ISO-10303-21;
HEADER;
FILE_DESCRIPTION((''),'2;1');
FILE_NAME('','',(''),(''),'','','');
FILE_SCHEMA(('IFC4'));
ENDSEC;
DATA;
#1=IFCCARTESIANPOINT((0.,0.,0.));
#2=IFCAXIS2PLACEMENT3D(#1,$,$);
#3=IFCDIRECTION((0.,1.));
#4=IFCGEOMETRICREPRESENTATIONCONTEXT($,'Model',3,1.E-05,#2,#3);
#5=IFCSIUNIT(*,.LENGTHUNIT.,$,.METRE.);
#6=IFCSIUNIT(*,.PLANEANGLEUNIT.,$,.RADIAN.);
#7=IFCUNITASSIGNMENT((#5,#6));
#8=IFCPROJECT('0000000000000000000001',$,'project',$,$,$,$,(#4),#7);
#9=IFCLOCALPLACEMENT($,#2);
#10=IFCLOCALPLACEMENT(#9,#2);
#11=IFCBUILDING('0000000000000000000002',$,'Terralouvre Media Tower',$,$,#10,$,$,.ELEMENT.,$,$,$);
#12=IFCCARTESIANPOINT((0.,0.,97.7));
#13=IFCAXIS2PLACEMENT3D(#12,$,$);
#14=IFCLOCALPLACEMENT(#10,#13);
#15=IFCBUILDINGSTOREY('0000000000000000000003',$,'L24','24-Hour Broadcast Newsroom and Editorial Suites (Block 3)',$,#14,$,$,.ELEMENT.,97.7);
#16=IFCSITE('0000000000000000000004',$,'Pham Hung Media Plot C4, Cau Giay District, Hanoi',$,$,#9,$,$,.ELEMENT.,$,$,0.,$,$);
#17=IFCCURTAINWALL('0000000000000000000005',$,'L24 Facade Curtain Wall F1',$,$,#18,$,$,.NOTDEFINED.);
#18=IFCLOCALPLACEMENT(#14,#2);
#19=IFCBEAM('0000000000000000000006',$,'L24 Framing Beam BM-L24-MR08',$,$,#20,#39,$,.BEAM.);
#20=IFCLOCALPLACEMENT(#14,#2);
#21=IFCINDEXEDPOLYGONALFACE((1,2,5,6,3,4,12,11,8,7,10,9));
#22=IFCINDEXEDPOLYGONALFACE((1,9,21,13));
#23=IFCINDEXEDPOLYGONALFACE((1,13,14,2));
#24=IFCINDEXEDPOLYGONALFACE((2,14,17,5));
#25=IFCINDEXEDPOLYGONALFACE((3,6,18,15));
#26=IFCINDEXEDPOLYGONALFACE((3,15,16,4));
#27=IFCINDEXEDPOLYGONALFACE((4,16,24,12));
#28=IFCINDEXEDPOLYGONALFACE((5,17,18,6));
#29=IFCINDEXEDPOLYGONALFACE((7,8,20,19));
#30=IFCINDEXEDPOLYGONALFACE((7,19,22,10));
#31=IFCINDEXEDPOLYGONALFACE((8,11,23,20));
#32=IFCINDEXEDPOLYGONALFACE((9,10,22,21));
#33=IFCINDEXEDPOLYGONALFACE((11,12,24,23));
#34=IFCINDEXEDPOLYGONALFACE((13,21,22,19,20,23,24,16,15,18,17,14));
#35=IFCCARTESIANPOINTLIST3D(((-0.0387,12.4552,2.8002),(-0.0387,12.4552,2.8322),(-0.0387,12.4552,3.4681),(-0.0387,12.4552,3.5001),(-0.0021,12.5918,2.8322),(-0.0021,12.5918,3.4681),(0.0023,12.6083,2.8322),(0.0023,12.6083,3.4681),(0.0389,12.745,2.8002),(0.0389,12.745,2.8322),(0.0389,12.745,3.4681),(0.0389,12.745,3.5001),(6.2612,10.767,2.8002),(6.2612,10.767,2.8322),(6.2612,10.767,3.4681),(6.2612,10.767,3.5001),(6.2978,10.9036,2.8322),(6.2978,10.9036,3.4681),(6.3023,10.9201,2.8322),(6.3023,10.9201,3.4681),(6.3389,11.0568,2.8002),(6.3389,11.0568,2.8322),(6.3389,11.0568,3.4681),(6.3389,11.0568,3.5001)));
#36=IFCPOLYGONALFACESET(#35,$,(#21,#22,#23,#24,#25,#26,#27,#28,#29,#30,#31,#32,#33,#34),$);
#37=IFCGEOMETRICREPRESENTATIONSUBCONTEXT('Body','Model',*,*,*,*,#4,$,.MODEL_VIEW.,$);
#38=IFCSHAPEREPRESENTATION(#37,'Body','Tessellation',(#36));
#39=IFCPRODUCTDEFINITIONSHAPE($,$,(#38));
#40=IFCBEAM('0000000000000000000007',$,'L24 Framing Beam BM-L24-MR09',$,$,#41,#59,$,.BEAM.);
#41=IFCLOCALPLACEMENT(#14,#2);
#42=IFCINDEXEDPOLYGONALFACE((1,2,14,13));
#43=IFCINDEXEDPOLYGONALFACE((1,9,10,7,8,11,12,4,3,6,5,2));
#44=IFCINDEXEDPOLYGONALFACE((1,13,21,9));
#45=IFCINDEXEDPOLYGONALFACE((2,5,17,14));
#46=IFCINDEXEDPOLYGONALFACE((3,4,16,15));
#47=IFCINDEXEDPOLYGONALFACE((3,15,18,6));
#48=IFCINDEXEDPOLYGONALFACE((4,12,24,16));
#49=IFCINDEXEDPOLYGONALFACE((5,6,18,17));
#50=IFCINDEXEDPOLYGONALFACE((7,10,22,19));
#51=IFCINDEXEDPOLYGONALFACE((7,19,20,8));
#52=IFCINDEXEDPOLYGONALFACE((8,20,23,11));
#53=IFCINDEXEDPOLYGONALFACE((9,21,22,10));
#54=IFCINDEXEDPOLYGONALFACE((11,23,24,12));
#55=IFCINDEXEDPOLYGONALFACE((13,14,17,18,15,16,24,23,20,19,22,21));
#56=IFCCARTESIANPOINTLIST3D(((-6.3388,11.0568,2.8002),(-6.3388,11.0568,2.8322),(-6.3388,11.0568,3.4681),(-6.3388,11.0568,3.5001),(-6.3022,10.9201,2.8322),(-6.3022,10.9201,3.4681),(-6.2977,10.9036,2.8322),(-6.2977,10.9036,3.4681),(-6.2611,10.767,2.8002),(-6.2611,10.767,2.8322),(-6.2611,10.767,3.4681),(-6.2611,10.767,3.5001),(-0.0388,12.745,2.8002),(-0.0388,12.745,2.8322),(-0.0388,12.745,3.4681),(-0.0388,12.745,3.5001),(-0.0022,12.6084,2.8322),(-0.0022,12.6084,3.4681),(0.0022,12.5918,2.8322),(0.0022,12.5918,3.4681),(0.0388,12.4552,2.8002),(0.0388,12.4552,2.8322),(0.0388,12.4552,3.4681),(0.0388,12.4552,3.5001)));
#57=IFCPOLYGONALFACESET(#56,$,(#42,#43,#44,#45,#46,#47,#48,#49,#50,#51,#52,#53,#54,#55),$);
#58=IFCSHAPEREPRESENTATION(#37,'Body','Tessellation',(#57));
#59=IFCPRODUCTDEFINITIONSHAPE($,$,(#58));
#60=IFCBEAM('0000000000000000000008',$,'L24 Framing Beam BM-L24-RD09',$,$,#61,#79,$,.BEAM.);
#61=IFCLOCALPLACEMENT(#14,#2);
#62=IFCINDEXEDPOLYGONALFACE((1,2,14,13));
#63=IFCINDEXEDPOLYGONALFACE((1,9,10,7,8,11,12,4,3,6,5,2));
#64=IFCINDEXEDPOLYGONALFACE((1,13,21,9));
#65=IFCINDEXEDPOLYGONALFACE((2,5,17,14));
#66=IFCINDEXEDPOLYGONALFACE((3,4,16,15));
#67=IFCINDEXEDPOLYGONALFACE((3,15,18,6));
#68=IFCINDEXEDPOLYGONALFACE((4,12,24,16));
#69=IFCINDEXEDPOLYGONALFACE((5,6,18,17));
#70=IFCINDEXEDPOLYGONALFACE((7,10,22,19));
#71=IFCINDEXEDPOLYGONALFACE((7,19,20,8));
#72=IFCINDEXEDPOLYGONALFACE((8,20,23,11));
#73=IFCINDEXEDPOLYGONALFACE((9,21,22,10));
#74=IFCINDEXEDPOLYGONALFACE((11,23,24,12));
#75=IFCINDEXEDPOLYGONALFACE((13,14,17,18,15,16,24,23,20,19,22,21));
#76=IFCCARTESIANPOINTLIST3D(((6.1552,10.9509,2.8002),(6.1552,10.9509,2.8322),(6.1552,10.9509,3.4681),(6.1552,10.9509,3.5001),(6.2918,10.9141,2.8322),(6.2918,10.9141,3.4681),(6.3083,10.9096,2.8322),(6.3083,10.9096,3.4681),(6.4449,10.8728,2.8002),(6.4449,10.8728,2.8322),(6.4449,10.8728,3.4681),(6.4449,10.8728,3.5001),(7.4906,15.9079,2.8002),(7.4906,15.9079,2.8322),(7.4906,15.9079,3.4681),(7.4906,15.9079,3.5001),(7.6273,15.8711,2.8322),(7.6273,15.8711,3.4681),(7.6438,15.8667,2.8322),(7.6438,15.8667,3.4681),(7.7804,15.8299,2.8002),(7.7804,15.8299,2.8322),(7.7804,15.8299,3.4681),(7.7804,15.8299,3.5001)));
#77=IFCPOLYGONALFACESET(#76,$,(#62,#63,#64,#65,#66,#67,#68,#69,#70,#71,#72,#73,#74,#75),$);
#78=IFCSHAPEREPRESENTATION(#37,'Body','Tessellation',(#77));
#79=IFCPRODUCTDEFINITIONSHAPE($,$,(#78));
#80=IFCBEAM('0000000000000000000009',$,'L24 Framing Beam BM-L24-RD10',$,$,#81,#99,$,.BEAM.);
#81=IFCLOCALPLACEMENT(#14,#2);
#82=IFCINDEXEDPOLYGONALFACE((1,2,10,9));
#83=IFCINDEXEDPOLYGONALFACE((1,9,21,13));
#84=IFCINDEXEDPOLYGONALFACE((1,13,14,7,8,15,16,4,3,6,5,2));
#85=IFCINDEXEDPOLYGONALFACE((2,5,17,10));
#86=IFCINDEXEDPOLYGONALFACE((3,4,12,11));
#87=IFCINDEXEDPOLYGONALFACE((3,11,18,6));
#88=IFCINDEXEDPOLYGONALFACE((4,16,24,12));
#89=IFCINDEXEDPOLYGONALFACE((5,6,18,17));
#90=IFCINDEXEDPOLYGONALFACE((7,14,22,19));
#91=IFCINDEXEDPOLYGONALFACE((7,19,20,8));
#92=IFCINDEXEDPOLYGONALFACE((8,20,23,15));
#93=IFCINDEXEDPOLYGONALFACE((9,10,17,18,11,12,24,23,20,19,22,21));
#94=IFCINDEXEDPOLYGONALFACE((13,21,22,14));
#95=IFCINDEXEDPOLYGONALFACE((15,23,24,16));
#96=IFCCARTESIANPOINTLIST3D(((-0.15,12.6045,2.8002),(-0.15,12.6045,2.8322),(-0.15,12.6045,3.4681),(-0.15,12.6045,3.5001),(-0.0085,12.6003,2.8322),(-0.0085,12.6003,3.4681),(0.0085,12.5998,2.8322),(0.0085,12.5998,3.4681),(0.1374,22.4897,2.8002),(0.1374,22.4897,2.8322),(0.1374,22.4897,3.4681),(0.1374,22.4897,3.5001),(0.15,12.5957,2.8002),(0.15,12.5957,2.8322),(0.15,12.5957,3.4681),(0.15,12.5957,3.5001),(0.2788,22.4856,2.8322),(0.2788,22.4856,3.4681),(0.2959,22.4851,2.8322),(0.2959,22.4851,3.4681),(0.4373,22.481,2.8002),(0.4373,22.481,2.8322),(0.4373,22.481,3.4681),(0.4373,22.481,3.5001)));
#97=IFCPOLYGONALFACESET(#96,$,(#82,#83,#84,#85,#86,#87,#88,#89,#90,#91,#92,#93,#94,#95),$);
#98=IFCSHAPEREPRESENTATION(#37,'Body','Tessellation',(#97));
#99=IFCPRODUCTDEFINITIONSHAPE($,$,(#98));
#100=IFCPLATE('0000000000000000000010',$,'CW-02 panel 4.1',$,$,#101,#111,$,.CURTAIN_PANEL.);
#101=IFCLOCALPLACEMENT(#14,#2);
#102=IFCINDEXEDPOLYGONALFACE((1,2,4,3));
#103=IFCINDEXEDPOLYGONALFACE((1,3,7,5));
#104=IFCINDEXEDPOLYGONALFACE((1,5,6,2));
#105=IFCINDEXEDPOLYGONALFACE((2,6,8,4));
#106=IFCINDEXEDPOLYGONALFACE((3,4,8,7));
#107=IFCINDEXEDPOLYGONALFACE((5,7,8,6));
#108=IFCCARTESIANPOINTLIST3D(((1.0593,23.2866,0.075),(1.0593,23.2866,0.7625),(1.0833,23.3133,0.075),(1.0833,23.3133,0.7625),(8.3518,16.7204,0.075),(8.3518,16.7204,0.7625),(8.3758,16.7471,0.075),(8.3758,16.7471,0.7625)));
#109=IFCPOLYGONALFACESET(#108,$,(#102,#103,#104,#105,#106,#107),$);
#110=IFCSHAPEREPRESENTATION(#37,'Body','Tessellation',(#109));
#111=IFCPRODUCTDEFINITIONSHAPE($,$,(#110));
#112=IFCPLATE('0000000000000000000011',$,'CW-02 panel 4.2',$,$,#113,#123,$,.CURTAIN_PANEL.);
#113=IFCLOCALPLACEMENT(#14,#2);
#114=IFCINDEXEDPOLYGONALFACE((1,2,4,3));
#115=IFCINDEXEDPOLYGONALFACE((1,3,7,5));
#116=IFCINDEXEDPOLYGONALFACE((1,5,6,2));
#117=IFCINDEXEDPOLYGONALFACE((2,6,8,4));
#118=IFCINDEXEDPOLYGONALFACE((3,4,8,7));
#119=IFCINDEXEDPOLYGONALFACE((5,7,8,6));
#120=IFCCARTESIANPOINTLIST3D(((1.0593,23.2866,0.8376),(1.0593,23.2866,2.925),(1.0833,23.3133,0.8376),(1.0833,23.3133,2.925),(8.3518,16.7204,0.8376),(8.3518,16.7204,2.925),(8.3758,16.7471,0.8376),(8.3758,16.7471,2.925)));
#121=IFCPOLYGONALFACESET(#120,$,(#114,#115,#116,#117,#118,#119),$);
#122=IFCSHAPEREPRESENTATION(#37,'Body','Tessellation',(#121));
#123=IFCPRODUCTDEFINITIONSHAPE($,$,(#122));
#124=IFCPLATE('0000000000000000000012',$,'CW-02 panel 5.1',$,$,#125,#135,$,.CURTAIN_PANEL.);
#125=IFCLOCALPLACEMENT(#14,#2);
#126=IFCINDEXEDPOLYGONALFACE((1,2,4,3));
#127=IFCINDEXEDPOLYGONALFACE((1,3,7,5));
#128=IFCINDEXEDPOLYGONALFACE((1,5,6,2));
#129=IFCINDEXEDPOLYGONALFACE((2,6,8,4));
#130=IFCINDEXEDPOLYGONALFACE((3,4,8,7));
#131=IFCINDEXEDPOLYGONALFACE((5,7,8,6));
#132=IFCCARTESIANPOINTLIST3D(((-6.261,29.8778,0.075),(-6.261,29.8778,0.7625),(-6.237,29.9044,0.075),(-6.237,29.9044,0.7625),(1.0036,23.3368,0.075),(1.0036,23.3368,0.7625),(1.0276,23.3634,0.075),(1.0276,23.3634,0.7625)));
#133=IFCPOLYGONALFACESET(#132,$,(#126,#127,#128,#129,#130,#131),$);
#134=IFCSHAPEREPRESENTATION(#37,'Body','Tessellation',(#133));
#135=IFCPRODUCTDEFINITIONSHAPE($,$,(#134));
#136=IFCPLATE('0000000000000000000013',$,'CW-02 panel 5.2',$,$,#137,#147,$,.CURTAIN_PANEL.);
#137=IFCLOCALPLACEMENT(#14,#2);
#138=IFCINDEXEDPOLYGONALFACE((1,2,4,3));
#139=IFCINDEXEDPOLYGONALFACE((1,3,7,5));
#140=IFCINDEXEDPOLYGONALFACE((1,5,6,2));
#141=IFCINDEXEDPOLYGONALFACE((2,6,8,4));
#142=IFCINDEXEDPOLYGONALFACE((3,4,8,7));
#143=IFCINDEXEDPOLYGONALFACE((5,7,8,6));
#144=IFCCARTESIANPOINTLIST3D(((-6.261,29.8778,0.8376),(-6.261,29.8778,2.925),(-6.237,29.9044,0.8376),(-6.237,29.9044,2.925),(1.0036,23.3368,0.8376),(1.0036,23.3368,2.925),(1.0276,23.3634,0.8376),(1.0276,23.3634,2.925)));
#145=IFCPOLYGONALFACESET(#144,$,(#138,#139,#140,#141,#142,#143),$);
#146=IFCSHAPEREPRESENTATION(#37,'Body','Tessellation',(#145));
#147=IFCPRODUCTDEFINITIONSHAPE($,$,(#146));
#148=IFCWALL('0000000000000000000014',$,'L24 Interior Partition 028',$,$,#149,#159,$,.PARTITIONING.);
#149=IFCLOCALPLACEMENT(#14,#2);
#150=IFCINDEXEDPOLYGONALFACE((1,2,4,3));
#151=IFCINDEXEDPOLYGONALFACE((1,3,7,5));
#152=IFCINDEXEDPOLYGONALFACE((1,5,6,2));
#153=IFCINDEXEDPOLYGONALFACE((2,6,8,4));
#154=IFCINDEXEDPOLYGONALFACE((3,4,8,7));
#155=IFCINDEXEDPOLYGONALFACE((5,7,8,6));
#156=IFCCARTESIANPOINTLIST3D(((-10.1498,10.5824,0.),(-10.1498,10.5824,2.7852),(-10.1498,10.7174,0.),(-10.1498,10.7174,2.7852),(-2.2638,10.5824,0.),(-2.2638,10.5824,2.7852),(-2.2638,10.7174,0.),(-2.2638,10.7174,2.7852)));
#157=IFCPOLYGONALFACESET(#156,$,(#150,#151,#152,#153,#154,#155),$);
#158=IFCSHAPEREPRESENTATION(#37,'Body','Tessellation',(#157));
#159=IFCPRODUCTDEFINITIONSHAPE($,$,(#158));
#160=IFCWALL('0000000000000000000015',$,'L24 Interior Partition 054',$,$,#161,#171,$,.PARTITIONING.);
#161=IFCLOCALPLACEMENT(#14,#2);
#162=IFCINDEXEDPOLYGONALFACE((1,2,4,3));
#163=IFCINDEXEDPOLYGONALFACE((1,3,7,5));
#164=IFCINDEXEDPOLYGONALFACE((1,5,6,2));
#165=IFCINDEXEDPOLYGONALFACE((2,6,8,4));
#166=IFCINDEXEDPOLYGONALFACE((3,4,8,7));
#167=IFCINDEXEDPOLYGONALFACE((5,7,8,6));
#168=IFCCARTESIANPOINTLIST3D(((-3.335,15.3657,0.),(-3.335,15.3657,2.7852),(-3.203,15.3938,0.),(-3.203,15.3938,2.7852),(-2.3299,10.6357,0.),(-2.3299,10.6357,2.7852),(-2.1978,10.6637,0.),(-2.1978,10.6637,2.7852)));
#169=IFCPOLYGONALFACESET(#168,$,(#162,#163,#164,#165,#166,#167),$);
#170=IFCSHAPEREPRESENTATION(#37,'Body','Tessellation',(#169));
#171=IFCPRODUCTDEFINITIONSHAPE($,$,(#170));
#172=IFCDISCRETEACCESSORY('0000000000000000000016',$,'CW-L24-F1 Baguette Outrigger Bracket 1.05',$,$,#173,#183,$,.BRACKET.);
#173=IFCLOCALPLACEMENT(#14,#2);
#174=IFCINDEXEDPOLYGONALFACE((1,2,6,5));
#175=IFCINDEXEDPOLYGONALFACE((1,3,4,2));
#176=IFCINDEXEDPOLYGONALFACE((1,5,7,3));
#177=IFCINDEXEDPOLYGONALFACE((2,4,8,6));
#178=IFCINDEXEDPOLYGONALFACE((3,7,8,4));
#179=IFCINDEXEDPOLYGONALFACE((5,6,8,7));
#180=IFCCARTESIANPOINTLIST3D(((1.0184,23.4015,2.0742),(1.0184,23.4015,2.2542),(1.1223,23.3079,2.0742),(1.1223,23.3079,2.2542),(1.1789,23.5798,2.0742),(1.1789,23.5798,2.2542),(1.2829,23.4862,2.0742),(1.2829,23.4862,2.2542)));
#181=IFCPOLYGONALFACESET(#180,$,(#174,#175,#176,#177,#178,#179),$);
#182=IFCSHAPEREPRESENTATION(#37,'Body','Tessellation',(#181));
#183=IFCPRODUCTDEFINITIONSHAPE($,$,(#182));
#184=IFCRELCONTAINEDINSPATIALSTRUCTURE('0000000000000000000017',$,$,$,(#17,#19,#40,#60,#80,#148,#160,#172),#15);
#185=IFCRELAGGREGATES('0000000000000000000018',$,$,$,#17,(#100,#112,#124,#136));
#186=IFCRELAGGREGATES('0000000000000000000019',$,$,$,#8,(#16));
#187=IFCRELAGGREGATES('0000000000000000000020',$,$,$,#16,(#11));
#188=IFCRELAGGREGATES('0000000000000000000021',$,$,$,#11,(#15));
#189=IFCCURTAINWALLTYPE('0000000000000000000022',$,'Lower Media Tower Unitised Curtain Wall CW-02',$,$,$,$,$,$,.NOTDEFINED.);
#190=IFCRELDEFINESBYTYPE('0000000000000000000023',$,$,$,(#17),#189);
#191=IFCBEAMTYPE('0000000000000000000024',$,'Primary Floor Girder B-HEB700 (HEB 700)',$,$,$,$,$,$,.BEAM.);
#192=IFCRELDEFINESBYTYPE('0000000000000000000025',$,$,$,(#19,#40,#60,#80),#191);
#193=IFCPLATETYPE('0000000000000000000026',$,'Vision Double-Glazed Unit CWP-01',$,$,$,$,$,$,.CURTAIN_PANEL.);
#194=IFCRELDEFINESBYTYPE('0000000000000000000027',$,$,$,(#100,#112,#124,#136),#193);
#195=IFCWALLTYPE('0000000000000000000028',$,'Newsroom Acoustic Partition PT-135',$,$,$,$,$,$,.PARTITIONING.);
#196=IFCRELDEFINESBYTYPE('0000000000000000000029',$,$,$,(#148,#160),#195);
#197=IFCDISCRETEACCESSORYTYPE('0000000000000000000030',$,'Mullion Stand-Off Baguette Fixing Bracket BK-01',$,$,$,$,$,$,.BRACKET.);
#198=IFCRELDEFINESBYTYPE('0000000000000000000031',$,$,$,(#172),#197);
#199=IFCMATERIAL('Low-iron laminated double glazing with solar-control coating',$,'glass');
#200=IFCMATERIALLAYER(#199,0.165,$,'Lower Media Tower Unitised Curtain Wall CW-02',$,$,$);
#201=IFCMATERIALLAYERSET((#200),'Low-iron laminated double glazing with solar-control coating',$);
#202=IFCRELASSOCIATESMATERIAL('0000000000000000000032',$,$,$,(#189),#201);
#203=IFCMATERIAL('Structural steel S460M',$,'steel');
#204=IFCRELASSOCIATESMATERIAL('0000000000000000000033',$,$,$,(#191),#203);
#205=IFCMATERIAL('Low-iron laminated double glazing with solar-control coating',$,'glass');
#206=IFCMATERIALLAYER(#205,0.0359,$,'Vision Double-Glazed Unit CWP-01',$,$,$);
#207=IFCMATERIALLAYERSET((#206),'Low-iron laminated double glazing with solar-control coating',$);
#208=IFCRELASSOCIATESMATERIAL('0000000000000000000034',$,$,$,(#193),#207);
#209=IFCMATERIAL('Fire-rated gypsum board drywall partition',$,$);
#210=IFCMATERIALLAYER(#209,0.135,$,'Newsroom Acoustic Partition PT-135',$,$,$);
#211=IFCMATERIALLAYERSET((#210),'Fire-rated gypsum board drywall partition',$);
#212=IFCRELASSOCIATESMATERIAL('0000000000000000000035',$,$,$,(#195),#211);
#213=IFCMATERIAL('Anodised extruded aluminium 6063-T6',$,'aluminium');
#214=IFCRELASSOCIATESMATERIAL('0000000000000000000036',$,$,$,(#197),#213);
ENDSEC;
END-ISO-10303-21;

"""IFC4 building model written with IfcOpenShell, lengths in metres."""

from ifc_helpers import new_model, si_unit, direction, frame, frame_2d, origin, origin_2d, place, context, subcontext, project, spatial, rectangle, i_section, extrude, material, layer, layer_set, material_profile, profile_set, type_object, element, aggregate, save


model = new_model("IFC4")

# Units and contexts
model_context = context("Model", 3, precision=1e-05, world=origin(), true_north=direction((0.0, 1.0)))
body_context = subcontext(model_context, "Body", "Model", "MODEL_VIEW")
ifc_project = project(units=[si_unit("LENGTHUNIT", "METRE"), si_unit("PLANEANGLEUNIT", "RADIAN")], contexts=[model_context])

# Site, building, storey
site_placement = place(None, origin())
site = spatial("IfcSite", under=ifc_project, at=site_placement, Name="Pham Hung Media Plot C4, Cau Giay District, Hanoi", CompositionType="ELEMENT", RefElevation=0.0)
building_placement = place(site_placement, origin())
building = spatial("IfcBuilding", under=site, at=building_placement, Name="Terralouvre Media Tower", CompositionType="ELEMENT")
storey_placement = place(building_placement, frame((0.0, 0.0, 97.7)))
storey = spatial("IfcBuildingStorey", under=building, at=storey_placement, Name="L24", Description="24-Hour Broadcast Newsroom and Editorial Suites (Block 3)", CompositionType="ELEMENT", Elevation=97.7)

# Curtain wall
ifc_material_1 = material(Name="Low-iron laminated double glazing with solar-control coating", Category="glass")
ifc_layer_1 = layer(ifc_material_1, 0.165, Name="Lower Media Tower Unitised Curtain Wall CW-02")
ifc_layer_set_1 = layer_set([ifc_layer_1], Name="Low-iron laminated double glazing with solar-control coating")
curtain_wall_type = type_object("IfcCurtainWallType", Name="Lower Media Tower Unitised Curtain Wall CW-02", PredefinedType="NOTDEFINED", material=ifc_layer_set_1)
curtain_wall_placement = place(storey_placement, origin())
curtain_wall = element("IfcCurtainWall", 1, at=curtain_wall_placement, inside=storey, type_object=curtain_wall_type, Name="L24 Facade Curtain Wall F1", PredefinedType="NOTDEFINED")

# Beams
ifc_material_2 = material(Name="Structural steel S460M", Category="steel")
ifc_material_profile_1 = material_profile(ifc_material_2, i_section(OverallWidth=0.3, OverallDepth=0.7, WebThickness=0.0171, FlangeThickness=0.032, at=origin_2d()), Name="HEB 700")
ifc_profile_set_1 = profile_set([ifc_material_profile_1], Name="Structural steel S460M")
beam_type_1 = type_object("IfcBeamType", Name="Primary Floor Girder B-HEB700 (HEB 700)", PredefinedType="BEAM", material=ifc_profile_set_1)
for number, where, z_axis, x_axis, name in (
    (2, (6.3, 10.9119, 3.1501), (-0.96592, 0.258839, 0.0), (-0.258839, -0.96592, 0.0), "L24 Framing Beam BM-L24-MR08"),
    (3, (0.0, 12.6001, 3.1501), (-0.96592, -0.258839, 0.0), (0.258839, -0.96592, 0.0), "L24 Framing Beam BM-L24-MR09"),
):
    element("IfcBeam", number, at=place(storey_placement, frame(where, z_axis=z_axis, x_axis=x_axis)), inside=storey, type_object=beam_type_1, Name=name, PredefinedType="BEAM", context=body_context, shape_type="SweptSolid", body=[
        extrude(i_section(OverallWidth=0.3, OverallDepth=0.7, WebThickness=0.0171, FlangeThickness=0.032, at=origin_2d()), origin(), (0.0, 0.0, 1.0), 6.5222),
    ])
beam_1_placement = place(storey_placement, frame((6.3, 10.9119, 3.1501), z_axis=(0.26013, 0.965574, 0.0), x_axis=(-0.965574, 0.26013, 0.0)))
element("IfcBeam", 4, at=beam_1_placement, inside=storey, type_object=beam_type_1, Name="L24 Framing Beam BM-L24-RD09", PredefinedType="BEAM", context=body_context, shape_type="SweptSolid", body=[
    extrude(i_section(OverallWidth=0.3, OverallDepth=0.7, WebThickness=0.0171, FlangeThickness=0.032, at=origin_2d()), origin(), (0.0, 0.0, 1.0), 5.1338),
])
beam_2_placement = place(storey_placement, frame((0.0, 12.6001, 3.1501), z_axis=(0.029057, 0.999578, 0.0), x_axis=(-0.999578, 0.029057, 0.0)))
element("IfcBeam", 5, at=beam_2_placement, inside=storey, type_object=beam_type_1, Name="L24 Framing Beam BM-L24-RD10", PredefinedType="BEAM", context=body_context, shape_type="SweptSolid", body=[
    extrude(i_section(OverallWidth=0.3, OverallDepth=0.7, WebThickness=0.0171, FlangeThickness=0.032, at=origin_2d()), origin(), (0.0, 0.0, 1.0), 9.8894),
])

# Plates
ifc_material_3 = material(Name="Low-iron laminated double glazing with solar-control coating", Category="glass")
ifc_layer_2 = layer(ifc_material_3, 0.0359, Name="Vision Double-Glazed Unit CWP-01")
ifc_layer_set_2 = layer_set([ifc_layer_2], Name="Low-iron laminated double glazing with solar-control coating")
plate_type = type_object("IfcPlateType", Name="Vision Double-Glazed Unit CWP-01", PredefinedType="CURTAIN_PANEL", material=ifc_layer_set_2)
plate_1_placement = place(storey_placement, frame((4.7175, 20.0168, 0.075), z_axis=(0.0, 0.0, 1.0), x_axis=(-0.743145, 0.669131, 0.0)))
plate_1 = element("IfcPlate", 6, at=plate_1_placement, type_object=plate_type, Name="CW-02 panel 4.1", PredefinedType="CURTAIN_PANEL", context=body_context, shape_type="SweptSolid", body=[
    extrude(rectangle(XDim=9.813, YDim=0.0359, at=origin_2d()), origin(), (0.0, 0.0, 1.0), 0.6875),
])
plate_2_placement = place(storey_placement, frame((4.7175, 20.0168, 0.8376), z_axis=(0.0, 0.0, 1.0), x_axis=(-0.743145, 0.669131, 0.0)))
plate_2 = element("IfcPlate", 7, at=plate_2_placement, type_object=plate_type, Name="CW-02 panel 4.2", PredefinedType="CURTAIN_PANEL", context=body_context, shape_type="SweptSolid", body=[
    extrude(rectangle(XDim=9.813, YDim=0.0359, at=origin_2d()), origin(), (0.0, 0.0, 1.0), 2.0874),
])
plate_3_placement = place(storey_placement, frame((-2.6167, 26.6206, 0.075), z_axis=(0.0, 0.0, 1.0), x_axis=(-0.743145, 0.669131, 0.0)))
plate_3 = element("IfcPlate", 8, at=plate_3_placement, type_object=plate_type, Name="CW-02 panel 5.1", PredefinedType="CURTAIN_PANEL", context=body_context, shape_type="SweptSolid", body=[
    extrude(rectangle(XDim=9.7754, YDim=0.0359, at=origin_2d()), origin(), (0.0, 0.0, 1.0), 0.6875),
])
plate_4_placement = place(storey_placement, frame((-2.6167, 26.6206, 0.8376), z_axis=(0.0, 0.0, 1.0), x_axis=(-0.743145, 0.669131, 0.0)))
plate_4 = element("IfcPlate", 9, at=plate_4_placement, type_object=plate_type, Name="CW-02 panel 5.2", PredefinedType="CURTAIN_PANEL", context=body_context, shape_type="SweptSolid", body=[
    extrude(rectangle(XDim=9.7754, YDim=0.0359, at=origin_2d()), origin(), (0.0, 0.0, 1.0), 2.0874),
])
aggregate(curtain_wall, [plate_1, plate_2, plate_3, plate_4])

# Walls
ifc_material_4 = material(Name="Fire-rated gypsum board drywall partition")
ifc_layer_3 = layer(ifc_material_4, 0.135, Name="Newsroom Acoustic Partition PT-135")
ifc_layer_set_3 = layer_set([ifc_layer_3], Name="Fire-rated gypsum board drywall partition")
wall_type = type_object("IfcWallType", Name="Newsroom Acoustic Partition PT-135", PredefinedType="PARTITIONING", material=ifc_layer_set_3)
wall_1_placement = place(storey_placement, frame((-2.2639, 10.6499, 0.0), z_axis=(0.0, 0.0, 1.0), x_axis=(-1.0, 0.0, 0.0)))
element("IfcWall", 10, at=wall_1_placement, inside=storey, type_object=wall_type, Name="L24 Interior Partition 028", PredefinedType="PARTITIONING", context=body_context, shape_type="SweptSolid", body=[
    extrude(rectangle(XDim=7.886, YDim=0.135, at=frame_2d((3.9429, 0.0))), origin(), (0.0, 0.0, 1.0), 2.7852),
])
wall_2_placement = place(storey_placement, frame((-3.269, 15.3799, 0.0), z_axis=(0.0, 0.0, 1.0), x_axis=(0.20786, -0.978159, 0.0)))
element("IfcWall", 11, at=wall_2_placement, inside=storey, type_object=wall_type, Name="L24 Interior Partition 054", PredefinedType="PARTITIONING", context=body_context, shape_type="SweptSolid", body=[
    extrude(rectangle(XDim=4.8357, YDim=0.135, at=frame_2d((2.418, 0.0))), origin(), (0.0, 0.0, 1.0), 2.7852),
])

# Discrete accessory
ifc_material_5 = material(Name="Anodised extruded aluminium 6063-T6", Category="aluminium")
discrete_accessory_type = type_object("IfcDiscreteAccessoryType", Name="Mullion Stand-Off Baguette Fixing Bracket BK-01", PredefinedType="BRACKET", material=ifc_material_5)
discrete_accessory_placement = place(storey_placement, frame((1.1506, 23.4438, 2.0742), z_axis=(0.0, 0.0, 1.0), x_axis=(-0.743145, 0.669131, 0.0)))
element("IfcDiscreteAccessory", 12, at=discrete_accessory_placement, inside=storey, type_object=discrete_accessory_type, Name="CW-L24-F1 Baguette Outrigger Bracket 1.05", PredefinedType="BRACKET", context=body_context, shape_type="SweptSolid", body=[
    extrude(rectangle(XDim=0.1399, YDim=0.24, at=origin_2d()), origin(), (0.0, 0.0, 1.0), 0.1799),
])

save(model, "model.ifc")
